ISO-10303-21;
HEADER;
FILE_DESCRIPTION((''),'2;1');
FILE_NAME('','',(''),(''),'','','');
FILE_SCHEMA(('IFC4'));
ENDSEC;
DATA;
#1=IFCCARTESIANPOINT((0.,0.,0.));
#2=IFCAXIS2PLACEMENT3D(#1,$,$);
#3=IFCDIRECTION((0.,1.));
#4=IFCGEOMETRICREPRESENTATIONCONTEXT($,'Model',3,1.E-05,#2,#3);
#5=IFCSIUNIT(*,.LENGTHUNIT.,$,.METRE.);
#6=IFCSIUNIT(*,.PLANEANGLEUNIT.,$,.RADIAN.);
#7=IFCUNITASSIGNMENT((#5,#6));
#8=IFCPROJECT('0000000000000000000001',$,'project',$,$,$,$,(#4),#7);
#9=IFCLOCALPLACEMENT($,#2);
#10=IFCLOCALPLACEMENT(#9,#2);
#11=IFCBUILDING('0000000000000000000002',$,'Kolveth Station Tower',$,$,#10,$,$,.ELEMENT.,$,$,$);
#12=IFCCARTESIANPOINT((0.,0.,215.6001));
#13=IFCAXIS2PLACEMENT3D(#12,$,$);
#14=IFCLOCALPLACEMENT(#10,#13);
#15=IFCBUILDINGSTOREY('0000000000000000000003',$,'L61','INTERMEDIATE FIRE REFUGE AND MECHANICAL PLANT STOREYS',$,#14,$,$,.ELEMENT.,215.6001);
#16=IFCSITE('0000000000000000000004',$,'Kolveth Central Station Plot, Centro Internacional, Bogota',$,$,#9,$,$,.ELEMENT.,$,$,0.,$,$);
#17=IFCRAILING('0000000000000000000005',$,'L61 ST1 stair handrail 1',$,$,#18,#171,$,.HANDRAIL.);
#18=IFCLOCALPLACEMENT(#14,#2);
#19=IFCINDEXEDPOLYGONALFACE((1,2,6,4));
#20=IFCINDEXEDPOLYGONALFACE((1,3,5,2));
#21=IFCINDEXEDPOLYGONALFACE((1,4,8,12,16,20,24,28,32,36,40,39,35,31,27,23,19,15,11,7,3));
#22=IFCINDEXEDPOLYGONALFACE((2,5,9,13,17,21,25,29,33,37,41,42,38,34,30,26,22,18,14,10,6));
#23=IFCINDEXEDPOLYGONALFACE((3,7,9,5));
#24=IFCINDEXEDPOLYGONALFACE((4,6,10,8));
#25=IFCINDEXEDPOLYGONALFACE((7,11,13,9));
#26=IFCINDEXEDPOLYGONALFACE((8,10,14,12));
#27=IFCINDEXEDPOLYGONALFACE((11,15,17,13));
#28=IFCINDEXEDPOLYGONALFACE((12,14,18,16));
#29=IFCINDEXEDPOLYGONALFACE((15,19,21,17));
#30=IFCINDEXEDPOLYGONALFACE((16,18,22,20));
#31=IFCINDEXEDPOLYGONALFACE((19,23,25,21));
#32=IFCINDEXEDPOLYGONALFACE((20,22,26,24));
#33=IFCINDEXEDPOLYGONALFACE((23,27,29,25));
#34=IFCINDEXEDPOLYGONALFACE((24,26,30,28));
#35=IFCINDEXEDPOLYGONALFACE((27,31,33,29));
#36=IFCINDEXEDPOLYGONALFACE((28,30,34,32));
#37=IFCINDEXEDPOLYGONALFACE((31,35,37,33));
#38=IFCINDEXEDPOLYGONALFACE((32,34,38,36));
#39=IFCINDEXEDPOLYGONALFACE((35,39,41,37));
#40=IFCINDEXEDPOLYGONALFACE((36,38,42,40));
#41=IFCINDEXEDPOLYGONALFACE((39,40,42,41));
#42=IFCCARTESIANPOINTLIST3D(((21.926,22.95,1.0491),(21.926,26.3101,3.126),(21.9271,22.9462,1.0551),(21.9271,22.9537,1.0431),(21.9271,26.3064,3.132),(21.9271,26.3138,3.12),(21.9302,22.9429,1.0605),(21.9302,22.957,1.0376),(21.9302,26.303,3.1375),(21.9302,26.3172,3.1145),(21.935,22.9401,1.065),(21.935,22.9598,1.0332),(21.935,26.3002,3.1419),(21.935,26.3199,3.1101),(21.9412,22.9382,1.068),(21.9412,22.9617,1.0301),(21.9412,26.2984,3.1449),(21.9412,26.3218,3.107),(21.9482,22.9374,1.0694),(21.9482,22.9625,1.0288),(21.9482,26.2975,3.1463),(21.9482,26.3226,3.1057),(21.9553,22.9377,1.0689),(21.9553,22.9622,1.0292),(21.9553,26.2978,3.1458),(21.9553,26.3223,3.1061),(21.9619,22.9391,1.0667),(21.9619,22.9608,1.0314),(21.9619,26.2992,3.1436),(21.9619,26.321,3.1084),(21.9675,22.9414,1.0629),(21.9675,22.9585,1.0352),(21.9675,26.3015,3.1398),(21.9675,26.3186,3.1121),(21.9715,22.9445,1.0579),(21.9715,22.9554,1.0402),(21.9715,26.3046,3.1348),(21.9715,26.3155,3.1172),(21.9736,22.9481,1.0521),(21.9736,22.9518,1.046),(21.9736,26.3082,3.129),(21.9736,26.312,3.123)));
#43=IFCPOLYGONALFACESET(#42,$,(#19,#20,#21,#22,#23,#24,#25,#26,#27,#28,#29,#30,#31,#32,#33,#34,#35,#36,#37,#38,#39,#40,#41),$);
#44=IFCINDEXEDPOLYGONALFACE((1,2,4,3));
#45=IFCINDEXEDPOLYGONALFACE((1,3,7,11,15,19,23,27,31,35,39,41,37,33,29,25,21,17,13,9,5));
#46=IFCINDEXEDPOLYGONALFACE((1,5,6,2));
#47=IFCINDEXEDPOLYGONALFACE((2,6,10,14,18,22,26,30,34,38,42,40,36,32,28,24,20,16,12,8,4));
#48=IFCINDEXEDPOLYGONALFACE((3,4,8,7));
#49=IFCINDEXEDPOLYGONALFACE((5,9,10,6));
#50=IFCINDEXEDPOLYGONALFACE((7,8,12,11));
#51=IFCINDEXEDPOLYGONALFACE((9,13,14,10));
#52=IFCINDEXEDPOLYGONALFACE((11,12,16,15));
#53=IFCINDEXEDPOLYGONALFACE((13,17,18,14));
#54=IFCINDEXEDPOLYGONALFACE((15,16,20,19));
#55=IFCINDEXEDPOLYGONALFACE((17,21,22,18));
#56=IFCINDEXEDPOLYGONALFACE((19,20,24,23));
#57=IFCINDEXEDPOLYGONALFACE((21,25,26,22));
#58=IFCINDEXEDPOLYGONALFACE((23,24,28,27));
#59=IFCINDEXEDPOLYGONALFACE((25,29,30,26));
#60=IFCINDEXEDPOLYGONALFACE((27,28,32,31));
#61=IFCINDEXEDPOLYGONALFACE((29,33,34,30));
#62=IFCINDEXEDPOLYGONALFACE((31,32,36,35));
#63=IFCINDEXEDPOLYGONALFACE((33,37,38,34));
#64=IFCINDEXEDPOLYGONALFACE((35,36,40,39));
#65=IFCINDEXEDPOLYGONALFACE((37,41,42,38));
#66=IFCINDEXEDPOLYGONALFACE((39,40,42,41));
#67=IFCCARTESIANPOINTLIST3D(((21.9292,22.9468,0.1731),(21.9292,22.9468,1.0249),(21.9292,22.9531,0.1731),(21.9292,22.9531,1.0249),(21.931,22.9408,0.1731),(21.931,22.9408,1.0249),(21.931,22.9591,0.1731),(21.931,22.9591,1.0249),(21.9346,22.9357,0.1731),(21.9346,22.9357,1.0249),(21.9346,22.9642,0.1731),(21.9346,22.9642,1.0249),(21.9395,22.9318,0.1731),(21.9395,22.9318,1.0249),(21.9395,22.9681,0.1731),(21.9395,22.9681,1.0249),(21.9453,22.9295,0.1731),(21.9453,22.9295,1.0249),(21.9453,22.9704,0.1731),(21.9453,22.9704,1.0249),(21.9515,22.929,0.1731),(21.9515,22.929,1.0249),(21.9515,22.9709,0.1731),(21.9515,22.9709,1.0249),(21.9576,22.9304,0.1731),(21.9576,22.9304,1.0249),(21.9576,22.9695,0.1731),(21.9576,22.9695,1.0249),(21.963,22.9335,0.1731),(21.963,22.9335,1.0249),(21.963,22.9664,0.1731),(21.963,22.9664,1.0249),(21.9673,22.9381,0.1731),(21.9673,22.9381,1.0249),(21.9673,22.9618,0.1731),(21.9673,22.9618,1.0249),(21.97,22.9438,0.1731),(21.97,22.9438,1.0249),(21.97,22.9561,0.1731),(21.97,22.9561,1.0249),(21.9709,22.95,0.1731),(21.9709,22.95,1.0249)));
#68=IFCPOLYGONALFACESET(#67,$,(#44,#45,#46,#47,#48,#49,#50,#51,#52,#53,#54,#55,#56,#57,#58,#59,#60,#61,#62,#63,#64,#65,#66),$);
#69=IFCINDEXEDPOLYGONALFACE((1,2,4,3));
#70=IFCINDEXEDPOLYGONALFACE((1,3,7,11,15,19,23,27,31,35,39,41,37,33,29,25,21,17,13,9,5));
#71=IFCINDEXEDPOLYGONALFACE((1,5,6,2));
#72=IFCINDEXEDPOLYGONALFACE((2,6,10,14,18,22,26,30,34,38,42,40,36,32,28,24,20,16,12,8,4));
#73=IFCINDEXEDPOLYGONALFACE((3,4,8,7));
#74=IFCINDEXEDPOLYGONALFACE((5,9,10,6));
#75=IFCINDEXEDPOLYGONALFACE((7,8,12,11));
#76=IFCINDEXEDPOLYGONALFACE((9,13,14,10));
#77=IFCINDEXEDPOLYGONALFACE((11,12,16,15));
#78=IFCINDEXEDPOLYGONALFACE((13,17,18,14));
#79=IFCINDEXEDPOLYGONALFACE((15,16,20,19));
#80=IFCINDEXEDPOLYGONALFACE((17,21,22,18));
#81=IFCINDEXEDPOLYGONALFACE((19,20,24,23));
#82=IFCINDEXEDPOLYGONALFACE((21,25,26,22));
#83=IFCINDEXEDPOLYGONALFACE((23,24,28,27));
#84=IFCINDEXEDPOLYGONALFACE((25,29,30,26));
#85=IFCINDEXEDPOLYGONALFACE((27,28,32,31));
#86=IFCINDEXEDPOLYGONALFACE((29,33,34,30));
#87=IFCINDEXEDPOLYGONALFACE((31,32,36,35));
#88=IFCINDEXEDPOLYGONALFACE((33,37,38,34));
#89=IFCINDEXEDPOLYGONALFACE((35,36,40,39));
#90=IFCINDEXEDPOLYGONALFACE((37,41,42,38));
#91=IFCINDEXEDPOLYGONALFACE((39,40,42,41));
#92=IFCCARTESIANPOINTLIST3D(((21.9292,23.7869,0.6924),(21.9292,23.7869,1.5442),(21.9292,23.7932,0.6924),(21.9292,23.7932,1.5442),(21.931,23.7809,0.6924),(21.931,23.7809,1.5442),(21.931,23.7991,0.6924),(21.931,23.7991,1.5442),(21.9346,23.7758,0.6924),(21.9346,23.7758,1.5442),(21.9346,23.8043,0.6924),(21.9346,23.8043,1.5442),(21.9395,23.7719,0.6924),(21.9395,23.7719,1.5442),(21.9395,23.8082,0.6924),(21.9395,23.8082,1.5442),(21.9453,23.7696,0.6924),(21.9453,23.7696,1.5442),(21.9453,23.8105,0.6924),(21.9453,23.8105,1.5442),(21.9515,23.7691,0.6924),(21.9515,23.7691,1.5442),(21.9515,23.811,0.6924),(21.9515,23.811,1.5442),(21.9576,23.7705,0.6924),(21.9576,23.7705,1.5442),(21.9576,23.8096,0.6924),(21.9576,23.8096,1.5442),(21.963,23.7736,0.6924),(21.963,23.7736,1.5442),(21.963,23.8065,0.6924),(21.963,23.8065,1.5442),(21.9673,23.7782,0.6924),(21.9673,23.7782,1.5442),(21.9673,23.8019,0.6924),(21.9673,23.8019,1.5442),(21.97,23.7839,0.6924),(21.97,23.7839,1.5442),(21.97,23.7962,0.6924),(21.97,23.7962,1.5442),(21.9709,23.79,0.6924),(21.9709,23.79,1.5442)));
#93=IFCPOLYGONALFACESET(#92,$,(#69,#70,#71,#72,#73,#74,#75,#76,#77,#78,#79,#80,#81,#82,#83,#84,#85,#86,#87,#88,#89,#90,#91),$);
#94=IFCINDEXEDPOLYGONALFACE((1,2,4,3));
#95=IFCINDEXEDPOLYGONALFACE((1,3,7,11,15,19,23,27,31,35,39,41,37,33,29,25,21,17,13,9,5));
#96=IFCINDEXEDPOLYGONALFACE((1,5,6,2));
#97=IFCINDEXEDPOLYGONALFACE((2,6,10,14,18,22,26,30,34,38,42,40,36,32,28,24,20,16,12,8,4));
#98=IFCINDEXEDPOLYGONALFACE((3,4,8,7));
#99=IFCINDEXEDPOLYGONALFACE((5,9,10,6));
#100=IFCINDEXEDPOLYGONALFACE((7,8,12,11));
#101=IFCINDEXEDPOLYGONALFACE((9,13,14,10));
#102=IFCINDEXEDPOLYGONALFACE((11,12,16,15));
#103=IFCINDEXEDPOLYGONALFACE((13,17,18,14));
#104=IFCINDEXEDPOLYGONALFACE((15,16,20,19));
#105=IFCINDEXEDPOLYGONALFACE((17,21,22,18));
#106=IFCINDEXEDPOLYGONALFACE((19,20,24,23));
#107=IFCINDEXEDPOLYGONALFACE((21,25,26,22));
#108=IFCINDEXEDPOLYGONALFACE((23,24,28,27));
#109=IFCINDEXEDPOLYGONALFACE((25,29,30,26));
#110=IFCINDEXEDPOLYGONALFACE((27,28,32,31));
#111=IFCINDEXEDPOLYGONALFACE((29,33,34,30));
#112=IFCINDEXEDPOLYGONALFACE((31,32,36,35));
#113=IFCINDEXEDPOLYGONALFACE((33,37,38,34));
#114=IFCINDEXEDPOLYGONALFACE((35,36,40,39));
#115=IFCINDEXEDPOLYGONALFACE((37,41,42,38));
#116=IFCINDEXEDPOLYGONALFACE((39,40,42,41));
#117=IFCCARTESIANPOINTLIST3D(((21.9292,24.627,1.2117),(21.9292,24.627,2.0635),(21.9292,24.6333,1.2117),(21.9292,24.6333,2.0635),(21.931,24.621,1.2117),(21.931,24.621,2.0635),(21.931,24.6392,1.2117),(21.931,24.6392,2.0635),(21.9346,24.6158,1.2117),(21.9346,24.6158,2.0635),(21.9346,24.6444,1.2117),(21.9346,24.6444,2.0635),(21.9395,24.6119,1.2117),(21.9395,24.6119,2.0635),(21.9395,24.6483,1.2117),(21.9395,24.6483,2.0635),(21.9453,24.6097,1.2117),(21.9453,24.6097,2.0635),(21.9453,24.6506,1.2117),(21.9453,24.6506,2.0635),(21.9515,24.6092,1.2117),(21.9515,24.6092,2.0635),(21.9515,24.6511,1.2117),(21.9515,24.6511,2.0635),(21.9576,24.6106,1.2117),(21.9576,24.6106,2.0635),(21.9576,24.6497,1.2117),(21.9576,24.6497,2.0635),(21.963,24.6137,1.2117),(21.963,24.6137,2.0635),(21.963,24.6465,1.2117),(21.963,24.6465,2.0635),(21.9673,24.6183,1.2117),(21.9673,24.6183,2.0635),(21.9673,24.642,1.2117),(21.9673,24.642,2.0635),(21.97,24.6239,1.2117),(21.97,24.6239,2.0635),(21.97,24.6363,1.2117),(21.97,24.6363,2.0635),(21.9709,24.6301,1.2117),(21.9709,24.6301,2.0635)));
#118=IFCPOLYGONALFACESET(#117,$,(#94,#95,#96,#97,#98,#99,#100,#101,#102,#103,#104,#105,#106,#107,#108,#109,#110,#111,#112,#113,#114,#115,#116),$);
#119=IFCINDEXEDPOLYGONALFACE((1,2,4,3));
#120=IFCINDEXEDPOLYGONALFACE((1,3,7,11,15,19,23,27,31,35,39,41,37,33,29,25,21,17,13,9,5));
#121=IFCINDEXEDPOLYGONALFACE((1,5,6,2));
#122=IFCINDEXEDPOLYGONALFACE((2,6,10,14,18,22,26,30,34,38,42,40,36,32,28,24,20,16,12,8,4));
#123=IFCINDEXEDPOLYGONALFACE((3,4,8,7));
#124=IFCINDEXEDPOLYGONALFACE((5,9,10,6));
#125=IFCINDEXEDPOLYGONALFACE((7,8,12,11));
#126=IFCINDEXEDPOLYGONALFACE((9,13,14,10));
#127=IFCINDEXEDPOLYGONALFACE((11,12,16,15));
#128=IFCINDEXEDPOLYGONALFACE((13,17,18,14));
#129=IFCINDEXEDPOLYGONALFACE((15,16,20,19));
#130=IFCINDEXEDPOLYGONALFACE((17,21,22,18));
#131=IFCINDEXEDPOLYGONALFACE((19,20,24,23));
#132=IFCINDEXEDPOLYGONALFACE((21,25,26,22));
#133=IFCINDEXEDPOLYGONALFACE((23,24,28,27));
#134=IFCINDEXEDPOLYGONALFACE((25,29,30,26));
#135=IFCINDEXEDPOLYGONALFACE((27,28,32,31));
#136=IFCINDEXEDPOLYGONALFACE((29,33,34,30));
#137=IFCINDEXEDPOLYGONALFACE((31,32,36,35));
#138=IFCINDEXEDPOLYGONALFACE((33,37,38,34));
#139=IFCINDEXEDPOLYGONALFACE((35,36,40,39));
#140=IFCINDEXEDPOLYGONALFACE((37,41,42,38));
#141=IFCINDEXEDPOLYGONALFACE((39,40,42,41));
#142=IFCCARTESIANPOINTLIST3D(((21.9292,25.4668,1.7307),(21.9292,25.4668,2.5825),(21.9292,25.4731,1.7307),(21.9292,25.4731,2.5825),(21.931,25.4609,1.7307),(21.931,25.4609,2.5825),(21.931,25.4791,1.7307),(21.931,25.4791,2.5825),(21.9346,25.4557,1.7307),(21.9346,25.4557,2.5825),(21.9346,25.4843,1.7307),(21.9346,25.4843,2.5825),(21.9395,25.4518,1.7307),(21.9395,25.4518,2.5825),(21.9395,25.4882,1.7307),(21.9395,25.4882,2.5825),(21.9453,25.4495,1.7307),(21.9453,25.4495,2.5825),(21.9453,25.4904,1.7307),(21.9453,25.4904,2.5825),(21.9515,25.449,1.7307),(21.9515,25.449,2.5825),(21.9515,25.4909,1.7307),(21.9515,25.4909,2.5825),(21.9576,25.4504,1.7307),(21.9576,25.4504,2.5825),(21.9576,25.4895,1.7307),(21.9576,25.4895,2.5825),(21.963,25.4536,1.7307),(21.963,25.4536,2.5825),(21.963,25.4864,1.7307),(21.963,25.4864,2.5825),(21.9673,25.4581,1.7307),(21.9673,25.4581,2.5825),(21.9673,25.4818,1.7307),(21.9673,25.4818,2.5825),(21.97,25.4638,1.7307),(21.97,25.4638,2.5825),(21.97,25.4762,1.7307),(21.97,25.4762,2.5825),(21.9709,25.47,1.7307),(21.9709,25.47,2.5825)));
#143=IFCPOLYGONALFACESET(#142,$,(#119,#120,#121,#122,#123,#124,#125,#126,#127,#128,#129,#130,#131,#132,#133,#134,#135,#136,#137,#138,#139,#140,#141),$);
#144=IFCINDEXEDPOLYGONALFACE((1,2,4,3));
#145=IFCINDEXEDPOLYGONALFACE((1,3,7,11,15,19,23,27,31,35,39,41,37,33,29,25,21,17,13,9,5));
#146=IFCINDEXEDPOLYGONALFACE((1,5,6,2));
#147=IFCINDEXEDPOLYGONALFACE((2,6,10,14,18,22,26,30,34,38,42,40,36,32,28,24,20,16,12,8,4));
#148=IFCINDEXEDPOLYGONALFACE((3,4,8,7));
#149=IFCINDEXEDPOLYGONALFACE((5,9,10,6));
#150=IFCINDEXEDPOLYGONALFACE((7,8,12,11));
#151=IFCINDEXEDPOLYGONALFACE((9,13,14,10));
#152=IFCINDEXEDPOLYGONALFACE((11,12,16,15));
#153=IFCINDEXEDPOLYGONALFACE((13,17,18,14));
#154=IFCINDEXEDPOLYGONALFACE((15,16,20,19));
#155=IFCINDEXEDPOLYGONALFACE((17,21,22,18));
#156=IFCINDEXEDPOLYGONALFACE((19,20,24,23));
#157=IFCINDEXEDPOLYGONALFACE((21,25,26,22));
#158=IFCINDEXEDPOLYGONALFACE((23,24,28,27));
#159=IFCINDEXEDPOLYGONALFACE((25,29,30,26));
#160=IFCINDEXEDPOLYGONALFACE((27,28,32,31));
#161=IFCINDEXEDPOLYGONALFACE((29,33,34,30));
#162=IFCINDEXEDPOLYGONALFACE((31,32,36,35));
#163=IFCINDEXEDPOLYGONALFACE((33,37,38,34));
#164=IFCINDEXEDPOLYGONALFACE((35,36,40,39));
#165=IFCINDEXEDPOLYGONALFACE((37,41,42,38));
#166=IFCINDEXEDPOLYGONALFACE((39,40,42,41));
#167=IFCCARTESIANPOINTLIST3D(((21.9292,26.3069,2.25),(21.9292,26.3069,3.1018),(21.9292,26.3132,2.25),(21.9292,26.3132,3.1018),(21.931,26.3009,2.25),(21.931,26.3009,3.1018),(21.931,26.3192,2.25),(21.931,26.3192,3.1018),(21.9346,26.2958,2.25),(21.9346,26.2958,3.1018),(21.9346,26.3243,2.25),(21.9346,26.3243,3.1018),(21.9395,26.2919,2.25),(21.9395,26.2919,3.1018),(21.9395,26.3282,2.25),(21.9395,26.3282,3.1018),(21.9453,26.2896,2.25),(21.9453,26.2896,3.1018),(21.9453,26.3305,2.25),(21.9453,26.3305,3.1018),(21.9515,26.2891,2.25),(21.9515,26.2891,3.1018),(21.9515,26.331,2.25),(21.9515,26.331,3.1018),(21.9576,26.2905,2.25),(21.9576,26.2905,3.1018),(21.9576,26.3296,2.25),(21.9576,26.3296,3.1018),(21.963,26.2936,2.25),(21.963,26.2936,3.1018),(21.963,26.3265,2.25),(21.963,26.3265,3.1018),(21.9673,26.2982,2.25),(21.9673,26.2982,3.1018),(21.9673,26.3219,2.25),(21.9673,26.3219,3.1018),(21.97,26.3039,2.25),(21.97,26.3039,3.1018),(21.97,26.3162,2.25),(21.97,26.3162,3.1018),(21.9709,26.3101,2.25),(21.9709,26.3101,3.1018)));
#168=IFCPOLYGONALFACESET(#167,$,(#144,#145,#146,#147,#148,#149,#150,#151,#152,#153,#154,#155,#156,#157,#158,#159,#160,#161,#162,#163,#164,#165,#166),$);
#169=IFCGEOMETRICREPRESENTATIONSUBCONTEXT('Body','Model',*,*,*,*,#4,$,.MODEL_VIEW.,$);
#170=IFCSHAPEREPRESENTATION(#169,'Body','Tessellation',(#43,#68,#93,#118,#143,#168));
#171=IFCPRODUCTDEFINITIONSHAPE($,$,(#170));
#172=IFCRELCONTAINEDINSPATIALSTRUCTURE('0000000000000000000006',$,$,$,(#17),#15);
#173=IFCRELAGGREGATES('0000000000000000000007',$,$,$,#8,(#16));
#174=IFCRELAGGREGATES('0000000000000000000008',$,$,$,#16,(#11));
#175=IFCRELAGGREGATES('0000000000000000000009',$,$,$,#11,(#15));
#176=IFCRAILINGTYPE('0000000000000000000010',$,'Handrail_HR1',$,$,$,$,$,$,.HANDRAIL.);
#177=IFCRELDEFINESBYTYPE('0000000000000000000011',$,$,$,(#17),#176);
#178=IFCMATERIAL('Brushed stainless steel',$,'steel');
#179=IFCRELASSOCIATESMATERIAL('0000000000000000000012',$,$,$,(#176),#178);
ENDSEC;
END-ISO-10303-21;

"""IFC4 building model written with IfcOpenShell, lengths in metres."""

from ifc_helpers import new_model, si_unit, direction, frame, origin, origin_2d, place, context, subcontext, project, spatial, circle, extrude, material, type_object, element, save


model = new_model("IFC4")

# Units and contexts
model_context = context("Model", 3, precision=1e-05, world=origin(), true_north=direction((0.0, 1.0)))
body_context = subcontext(model_context, "Body", "Model", "MODEL_VIEW")
ifc_project = project(units=[si_unit("LENGTHUNIT", "METRE"), si_unit("PLANEANGLEUNIT", "RADIAN")], contexts=[model_context])

# Site, building, storey
site_placement = place(None, origin())
site = spatial("IfcSite", under=ifc_project, at=site_placement, Name="Kolveth Central Station Plot, Centro Internacional, Bogota", CompositionType="ELEMENT", RefElevation=0.0)
building_placement = place(site_placement, origin())
building = spatial("IfcBuilding", under=site, at=building_placement, Name="Kolveth Station Tower", CompositionType="ELEMENT")
storey_placement = place(building_placement, frame((0.0, 0.0, 215.6001)))
storey = spatial("IfcBuildingStorey", under=building, at=storey_placement, Name="L61", Description="INTERMEDIATE FIRE REFUGE AND MECHANICAL PLANT STOREYS", CompositionType="ELEMENT", Elevation=215.6001)

# Railing
ifc_material_1 = material(Name="Brushed stainless steel", Category="steel")
railing_type_1 = type_object("IfcRailingType", Name="Handrail_HR1", PredefinedType="HANDRAIL", material=ifc_material_1)
railing_1_placement = place(storey_placement, frame((21.95, 22.95, 0.1731)))
element("IfcRailing", 1, at=railing_1_placement, inside=storey, type_object=railing_type_1, Name="L61 ST1 stair handrail 1", PredefinedType="HANDRAIL", context=body_context, shape_type="SweptSolid", body=[
    extrude(circle(Radius=0.0239, at=origin_2d()), frame((0.0, 0.0, 0.876), z_axis=(0.0, 0.850623, 0.525776), x_axis=(-1.0, 0.0, 0.0)), (0.0, 0.0, 1.0), 3.9502),
    extrude(circle(Radius=0.021, at=origin_2d()), origin(), (0.0, 0.0, 1.0), 0.8518),
    extrude(circle(Radius=0.021, at=origin_2d()), frame((0.0, 0.8401, 0.5193)), (0.0, 0.0, 1.0), 0.8518),
    extrude(circle(Radius=0.021, at=origin_2d()), frame((0.0, 1.6802, 1.0386)), (0.0, 0.0, 1.0), 0.8518),
    extrude(circle(Radius=0.021, at=origin_2d()), frame((0.0, 2.52, 1.5576)), (0.0, 0.0, 1.0), 0.8518),
    extrude(circle(Radius=0.021, at=origin_2d()), frame((0.0, 3.3601, 2.0769)), (0.0, 0.0, 1.0), 0.8518),
])

save(model, "model.ifc")
